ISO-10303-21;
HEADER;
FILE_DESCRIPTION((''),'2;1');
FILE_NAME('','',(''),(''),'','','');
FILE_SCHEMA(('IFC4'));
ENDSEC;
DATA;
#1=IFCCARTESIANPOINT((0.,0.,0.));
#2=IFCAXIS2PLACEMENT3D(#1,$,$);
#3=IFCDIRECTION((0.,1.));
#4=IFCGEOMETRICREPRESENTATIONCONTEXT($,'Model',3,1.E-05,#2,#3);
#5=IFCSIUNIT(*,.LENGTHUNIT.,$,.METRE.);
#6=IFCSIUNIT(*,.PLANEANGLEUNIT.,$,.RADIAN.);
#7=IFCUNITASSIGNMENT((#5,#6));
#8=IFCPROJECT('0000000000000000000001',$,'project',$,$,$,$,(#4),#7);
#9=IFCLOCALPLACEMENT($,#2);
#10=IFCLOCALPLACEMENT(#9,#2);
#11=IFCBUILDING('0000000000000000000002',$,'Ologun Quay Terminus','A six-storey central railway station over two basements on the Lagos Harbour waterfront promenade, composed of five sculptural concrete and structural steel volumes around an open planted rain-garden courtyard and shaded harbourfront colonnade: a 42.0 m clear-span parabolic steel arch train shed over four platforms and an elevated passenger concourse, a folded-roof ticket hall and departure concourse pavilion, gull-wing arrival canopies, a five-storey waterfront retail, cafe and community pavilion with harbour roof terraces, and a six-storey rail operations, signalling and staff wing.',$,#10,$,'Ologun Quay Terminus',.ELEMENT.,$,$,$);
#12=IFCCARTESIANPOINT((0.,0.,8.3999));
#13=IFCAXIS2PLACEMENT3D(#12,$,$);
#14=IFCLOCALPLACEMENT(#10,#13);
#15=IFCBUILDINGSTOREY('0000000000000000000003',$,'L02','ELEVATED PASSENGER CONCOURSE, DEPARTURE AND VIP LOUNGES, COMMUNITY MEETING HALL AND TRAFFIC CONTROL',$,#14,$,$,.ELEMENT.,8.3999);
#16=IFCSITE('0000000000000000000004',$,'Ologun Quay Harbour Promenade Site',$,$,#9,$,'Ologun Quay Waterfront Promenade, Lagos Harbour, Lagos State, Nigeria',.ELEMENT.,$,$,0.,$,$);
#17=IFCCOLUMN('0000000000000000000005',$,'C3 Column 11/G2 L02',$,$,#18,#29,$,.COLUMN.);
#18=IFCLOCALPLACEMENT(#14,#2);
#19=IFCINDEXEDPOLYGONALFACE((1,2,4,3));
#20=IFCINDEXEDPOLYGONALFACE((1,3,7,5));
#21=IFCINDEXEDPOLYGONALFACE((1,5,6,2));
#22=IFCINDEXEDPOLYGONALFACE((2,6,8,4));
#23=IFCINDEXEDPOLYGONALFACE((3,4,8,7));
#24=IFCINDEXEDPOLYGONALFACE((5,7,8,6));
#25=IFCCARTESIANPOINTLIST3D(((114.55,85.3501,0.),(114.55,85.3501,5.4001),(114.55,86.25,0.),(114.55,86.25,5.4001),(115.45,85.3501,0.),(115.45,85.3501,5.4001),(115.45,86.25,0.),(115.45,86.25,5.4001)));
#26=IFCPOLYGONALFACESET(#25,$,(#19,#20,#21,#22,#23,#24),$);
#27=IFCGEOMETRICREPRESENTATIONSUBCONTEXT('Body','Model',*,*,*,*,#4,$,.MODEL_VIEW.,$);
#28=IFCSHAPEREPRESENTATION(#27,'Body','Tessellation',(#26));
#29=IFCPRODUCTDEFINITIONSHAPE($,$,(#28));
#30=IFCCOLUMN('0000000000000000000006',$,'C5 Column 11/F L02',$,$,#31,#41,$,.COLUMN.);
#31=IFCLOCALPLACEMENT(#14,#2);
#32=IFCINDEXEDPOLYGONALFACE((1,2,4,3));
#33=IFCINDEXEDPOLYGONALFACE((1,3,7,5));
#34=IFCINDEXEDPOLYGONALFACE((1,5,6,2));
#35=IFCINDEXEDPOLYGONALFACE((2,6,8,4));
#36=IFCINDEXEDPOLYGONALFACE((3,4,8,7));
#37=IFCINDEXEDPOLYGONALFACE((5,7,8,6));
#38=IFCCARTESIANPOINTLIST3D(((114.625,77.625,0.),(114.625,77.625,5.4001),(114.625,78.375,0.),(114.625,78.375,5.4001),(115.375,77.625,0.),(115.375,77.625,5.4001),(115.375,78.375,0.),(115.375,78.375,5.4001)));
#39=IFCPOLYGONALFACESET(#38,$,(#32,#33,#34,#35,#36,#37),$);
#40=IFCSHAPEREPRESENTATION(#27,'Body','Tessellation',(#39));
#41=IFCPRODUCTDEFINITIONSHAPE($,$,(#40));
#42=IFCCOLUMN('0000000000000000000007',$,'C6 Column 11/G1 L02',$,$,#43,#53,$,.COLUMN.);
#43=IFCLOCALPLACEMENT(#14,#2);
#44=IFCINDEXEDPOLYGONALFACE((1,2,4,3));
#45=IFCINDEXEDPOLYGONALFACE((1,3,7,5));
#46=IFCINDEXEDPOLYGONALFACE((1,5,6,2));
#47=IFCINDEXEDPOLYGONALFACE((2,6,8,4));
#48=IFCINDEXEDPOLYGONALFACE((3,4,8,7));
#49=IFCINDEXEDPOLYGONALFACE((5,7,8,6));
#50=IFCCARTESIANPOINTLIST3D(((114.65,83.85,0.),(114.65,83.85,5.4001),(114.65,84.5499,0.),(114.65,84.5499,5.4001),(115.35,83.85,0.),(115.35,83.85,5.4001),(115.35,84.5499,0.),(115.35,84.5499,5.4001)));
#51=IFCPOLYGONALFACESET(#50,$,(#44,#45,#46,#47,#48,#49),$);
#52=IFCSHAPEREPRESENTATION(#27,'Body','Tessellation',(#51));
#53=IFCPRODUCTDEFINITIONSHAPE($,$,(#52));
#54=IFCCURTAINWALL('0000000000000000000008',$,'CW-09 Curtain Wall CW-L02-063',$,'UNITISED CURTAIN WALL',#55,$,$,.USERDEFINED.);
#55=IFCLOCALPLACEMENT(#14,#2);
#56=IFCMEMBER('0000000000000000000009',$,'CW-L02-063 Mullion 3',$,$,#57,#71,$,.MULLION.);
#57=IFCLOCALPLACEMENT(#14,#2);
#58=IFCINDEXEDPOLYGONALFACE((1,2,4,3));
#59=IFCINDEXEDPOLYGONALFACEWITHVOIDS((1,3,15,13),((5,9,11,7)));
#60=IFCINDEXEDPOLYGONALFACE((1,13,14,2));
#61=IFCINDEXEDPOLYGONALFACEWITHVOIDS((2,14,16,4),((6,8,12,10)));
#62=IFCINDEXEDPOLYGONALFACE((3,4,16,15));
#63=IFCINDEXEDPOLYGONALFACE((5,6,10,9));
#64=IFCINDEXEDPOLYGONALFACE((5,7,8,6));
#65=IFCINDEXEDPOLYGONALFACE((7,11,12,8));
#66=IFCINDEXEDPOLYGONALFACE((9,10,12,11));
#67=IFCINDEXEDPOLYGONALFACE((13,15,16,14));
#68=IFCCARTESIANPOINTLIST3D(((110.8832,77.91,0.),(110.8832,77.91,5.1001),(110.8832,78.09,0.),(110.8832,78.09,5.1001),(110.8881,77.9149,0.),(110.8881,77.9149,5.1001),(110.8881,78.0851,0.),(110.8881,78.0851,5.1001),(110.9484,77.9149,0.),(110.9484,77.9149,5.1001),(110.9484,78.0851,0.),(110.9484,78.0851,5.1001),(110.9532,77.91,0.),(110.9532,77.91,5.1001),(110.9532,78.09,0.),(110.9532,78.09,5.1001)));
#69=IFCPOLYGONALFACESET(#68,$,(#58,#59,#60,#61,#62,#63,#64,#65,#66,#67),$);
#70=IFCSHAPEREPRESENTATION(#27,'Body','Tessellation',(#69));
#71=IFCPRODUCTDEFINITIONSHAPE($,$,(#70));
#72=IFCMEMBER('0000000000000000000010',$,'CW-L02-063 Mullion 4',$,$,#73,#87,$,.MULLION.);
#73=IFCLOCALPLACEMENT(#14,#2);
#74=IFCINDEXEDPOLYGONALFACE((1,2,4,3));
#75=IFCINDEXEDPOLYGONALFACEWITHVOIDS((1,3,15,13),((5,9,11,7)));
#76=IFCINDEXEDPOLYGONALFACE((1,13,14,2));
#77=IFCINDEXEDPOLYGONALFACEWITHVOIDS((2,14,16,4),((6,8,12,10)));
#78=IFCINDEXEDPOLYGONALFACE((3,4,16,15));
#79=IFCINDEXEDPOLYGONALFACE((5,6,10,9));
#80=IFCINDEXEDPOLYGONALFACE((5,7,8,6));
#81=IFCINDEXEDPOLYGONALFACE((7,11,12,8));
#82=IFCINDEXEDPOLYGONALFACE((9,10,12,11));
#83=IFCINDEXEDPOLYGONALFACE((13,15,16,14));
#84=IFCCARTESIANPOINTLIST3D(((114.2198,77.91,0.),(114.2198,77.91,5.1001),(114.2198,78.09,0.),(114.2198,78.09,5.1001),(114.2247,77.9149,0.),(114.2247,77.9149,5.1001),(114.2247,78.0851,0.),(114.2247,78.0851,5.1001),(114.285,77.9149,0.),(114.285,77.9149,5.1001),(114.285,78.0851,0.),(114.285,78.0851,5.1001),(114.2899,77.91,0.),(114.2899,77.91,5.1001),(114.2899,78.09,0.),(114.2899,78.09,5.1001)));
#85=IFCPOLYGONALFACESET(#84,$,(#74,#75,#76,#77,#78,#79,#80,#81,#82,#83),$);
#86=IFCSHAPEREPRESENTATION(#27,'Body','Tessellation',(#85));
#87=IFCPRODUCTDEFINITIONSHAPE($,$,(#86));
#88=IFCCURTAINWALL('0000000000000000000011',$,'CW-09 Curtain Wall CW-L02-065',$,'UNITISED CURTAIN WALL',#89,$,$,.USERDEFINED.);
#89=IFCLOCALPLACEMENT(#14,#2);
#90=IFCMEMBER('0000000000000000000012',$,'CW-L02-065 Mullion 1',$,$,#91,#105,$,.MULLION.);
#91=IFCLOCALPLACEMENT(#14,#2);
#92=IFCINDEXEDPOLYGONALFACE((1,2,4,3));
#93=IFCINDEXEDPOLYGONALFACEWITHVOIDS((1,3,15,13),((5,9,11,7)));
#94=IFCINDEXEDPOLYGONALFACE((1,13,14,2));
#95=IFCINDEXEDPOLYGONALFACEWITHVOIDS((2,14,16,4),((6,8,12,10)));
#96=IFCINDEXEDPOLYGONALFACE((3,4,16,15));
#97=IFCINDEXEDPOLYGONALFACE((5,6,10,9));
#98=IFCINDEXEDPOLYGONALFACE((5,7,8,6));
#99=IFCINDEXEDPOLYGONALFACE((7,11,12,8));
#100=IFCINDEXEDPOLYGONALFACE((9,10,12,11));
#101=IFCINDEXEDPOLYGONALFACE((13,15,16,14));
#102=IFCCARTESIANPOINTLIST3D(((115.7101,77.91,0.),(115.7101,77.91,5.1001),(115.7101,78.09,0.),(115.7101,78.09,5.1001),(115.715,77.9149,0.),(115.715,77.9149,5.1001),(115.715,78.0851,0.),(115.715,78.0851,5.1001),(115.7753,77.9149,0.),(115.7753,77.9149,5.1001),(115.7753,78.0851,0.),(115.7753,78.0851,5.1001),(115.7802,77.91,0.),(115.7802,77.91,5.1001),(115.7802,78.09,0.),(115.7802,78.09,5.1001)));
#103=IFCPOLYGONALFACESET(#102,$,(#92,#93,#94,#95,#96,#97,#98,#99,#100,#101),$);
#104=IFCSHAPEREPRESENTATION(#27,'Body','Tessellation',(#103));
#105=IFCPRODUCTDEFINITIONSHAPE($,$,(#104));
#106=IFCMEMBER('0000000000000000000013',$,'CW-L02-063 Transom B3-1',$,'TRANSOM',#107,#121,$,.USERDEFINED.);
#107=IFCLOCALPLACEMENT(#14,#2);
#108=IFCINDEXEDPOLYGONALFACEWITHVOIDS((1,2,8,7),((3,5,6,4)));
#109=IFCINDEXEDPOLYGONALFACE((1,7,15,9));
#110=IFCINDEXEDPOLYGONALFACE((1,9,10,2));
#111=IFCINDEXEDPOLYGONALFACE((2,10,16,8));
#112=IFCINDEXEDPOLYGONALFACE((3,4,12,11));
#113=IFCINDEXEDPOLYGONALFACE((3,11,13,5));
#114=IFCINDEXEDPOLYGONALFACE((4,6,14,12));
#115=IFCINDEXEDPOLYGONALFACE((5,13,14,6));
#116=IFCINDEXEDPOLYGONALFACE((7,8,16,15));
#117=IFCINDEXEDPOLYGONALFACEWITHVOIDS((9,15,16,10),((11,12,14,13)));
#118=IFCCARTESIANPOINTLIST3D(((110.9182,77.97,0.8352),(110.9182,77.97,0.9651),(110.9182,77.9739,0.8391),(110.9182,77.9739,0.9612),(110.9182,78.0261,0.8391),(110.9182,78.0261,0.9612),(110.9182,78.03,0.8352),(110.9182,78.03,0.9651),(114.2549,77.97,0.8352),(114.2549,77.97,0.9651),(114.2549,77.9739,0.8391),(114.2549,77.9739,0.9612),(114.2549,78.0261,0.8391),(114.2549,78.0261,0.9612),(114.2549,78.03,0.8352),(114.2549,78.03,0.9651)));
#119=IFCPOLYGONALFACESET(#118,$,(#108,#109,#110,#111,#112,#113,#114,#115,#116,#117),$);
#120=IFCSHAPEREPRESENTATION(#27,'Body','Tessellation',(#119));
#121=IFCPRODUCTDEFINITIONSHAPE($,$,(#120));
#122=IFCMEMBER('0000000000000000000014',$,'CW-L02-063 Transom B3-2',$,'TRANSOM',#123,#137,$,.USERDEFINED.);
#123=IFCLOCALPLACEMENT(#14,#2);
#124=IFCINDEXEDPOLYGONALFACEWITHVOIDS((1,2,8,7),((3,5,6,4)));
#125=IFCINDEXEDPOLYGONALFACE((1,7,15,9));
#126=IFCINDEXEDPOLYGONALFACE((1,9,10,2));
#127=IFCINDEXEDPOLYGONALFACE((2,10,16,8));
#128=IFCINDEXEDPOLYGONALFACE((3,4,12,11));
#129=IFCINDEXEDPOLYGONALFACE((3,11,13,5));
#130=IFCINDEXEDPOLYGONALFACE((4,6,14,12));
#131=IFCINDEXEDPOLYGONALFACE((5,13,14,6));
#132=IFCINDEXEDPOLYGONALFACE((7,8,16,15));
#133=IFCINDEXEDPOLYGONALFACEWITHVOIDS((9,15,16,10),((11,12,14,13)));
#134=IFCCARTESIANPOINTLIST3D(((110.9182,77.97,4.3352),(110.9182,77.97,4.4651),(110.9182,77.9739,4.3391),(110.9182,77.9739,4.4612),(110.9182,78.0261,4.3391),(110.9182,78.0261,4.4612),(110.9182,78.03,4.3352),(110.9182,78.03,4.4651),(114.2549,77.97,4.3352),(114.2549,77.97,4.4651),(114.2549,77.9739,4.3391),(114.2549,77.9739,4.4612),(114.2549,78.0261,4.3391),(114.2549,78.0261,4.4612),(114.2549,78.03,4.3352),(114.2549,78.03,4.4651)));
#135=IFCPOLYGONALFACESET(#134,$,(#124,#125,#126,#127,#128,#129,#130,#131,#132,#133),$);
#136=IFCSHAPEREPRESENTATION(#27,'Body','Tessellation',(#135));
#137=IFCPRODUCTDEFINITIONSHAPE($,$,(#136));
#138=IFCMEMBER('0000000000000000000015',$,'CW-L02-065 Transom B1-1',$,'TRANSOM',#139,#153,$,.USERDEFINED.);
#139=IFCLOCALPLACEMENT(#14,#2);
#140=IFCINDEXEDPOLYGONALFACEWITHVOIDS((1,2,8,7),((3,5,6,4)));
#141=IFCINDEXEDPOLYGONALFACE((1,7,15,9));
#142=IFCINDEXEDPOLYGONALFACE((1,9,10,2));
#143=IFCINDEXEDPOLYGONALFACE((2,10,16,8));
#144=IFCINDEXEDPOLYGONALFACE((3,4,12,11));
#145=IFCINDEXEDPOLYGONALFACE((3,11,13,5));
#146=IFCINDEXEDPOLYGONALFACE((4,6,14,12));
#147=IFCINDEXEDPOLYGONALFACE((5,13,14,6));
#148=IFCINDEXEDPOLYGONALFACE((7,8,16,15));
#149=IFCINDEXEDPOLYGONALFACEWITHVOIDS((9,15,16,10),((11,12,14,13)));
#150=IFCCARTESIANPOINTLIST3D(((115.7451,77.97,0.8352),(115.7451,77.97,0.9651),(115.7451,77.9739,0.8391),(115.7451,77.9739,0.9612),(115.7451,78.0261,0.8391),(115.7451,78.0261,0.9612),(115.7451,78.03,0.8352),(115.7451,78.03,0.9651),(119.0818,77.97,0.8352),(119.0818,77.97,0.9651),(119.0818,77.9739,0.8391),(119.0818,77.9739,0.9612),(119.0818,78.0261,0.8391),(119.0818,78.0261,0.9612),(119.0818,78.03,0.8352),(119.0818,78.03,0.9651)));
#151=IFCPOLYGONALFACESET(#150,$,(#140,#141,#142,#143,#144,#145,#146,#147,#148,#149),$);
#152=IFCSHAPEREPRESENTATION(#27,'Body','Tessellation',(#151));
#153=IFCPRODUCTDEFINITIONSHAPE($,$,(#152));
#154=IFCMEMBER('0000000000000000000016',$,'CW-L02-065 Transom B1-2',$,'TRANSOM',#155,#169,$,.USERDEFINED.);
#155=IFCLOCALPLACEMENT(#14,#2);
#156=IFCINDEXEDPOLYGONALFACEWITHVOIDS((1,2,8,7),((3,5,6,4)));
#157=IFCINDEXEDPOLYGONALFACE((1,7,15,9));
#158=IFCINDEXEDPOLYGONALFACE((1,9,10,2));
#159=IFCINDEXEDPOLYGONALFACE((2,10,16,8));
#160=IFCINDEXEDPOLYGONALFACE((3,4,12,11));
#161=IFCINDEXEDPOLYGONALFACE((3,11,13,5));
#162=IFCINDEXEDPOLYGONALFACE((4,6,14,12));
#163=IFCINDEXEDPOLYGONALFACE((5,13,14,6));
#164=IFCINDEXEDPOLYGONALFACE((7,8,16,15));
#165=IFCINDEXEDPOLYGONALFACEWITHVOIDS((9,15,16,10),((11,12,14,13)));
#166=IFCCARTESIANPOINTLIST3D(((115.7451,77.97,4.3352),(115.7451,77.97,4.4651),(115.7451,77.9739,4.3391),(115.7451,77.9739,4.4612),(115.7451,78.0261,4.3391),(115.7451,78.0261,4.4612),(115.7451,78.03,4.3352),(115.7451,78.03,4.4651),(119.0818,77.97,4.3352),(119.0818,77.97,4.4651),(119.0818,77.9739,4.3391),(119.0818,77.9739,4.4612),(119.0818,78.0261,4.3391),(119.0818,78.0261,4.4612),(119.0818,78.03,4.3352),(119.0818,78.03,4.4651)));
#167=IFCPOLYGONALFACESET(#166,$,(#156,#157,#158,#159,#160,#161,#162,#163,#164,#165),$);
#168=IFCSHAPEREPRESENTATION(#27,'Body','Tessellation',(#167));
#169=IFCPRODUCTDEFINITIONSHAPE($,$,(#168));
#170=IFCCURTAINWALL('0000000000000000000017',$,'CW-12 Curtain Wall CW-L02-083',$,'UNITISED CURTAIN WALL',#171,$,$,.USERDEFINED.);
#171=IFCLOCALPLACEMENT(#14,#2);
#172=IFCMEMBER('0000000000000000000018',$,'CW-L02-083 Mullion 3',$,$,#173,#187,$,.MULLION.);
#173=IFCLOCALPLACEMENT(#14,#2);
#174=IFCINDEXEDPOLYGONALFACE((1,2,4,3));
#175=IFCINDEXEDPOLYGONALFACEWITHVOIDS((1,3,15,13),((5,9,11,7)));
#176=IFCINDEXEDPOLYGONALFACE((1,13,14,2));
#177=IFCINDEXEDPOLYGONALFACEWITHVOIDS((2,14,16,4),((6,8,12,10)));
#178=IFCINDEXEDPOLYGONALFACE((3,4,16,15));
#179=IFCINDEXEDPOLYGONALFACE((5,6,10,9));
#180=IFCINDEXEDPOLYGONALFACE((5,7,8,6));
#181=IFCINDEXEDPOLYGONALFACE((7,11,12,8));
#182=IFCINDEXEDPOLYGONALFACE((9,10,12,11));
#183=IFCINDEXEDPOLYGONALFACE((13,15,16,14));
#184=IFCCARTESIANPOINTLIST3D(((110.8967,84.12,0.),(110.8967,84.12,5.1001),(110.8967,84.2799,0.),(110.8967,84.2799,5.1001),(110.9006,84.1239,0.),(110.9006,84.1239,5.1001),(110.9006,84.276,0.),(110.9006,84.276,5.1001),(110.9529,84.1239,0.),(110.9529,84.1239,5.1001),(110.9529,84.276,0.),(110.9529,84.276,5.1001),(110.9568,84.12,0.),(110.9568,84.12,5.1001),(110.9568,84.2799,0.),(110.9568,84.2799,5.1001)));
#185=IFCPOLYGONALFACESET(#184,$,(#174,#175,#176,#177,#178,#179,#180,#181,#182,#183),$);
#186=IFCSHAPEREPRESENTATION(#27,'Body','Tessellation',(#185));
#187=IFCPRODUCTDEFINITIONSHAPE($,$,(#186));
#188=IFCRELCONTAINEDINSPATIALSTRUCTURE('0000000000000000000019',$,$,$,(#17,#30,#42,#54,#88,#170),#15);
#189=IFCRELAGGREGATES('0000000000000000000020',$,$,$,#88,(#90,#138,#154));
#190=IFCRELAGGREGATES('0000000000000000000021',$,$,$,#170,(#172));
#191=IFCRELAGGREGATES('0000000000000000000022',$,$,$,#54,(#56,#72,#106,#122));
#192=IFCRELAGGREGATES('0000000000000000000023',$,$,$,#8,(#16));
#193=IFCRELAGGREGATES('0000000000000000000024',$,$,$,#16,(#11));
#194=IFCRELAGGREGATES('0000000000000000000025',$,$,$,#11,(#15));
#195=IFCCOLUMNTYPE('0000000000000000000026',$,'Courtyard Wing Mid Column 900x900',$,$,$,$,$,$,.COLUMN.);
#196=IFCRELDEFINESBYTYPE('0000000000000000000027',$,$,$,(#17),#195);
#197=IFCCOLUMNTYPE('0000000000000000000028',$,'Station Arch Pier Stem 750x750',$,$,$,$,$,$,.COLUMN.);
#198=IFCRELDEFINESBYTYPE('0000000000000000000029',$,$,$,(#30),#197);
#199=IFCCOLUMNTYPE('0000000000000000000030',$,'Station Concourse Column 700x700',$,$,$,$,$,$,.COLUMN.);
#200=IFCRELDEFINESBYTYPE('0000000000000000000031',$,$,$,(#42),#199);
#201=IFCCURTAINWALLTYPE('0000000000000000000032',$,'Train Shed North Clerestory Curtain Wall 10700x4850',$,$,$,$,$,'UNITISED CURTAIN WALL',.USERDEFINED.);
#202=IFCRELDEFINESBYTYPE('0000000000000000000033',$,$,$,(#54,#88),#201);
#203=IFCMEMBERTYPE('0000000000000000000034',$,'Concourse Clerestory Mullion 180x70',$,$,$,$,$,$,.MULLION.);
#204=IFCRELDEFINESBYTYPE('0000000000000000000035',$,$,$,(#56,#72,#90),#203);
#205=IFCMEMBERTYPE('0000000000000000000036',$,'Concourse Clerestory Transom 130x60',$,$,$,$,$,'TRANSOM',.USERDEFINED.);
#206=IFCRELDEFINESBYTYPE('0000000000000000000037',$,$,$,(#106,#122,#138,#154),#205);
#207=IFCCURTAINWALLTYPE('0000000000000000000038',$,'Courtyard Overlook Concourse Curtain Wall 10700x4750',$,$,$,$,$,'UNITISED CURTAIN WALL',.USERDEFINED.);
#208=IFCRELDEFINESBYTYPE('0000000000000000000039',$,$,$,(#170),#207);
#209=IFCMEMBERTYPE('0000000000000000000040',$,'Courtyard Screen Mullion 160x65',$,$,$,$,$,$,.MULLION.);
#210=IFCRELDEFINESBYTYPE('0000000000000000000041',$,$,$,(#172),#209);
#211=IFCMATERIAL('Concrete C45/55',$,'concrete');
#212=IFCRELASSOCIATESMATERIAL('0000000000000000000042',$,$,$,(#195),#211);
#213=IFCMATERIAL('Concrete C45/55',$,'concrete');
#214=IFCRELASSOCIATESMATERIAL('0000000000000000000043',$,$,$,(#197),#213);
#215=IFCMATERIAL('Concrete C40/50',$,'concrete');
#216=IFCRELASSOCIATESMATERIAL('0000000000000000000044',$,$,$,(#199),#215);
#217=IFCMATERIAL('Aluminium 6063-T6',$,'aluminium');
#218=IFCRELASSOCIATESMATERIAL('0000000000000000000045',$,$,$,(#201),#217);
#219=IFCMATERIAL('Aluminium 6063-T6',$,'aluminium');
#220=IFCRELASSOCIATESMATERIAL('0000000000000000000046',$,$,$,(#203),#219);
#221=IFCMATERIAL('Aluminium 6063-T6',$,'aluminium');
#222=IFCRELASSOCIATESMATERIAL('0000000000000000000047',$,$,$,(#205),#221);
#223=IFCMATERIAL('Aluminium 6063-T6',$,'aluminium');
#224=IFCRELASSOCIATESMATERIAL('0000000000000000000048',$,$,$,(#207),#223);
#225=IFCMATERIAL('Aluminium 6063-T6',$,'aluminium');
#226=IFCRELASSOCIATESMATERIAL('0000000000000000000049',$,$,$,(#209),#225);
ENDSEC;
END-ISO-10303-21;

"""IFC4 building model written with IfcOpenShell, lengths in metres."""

from ifc_helpers import new_model, si_unit, direction, frame, origin, origin_2d, place, context, subcontext, project, spatial, rectangle, hollow_rectangle, extrude, material, material_profile, profile_set, type_object, element, aggregate, save


model = new_model("IFC4")

# Units and contexts
model_context = context("Model", 3, precision=1e-05, world=origin(), true_north=direction((0.0, 1.0)))
body_context = subcontext(model_context, "Body", "Model", "MODEL_VIEW")
ifc_project = project(units=[si_unit("LENGTHUNIT", "METRE"), si_unit("PLANEANGLEUNIT", "RADIAN")], contexts=[model_context])

# Site, building, storey
site_placement = place(None, origin())
site = spatial("IfcSite", under=ifc_project, at=site_placement, Name="Ologun Quay Harbour Promenade Site", LongName="Ologun Quay Waterfront Promenade, Lagos Harbour, Lagos State, Nigeria", CompositionType="ELEMENT", RefElevation=0.0)
building_placement = place(site_placement, origin())
building = spatial("IfcBuilding", under=site, at=building_placement, Name="Ologun Quay Terminus", Description="A six-storey central railway station over two basements on the Lagos Harbour waterfront promenade, composed of five sculptural concrete and structural steel volumes around an open planted rain-garden courtyard and shaded harbourfront colonnade: a 42.0 m clear-span parabolic steel arch train shed over four platforms and an elevated passenger concourse, a folded-roof ticket hall and departure concourse pavilion, gull-wing arrival canopies, a five-storey waterfront retail, cafe and community pavilion with harbour roof terraces, and a six-storey rail operations, signalling and staff wing.", LongName="Ologun Quay Terminus", CompositionType="ELEMENT")
storey_placement = place(building_placement, frame((0.0, 0.0, 8.3999)))
storey = spatial("IfcBuildingStorey", under=building, at=storey_placement, Name="L02", Description="ELEVATED PASSENGER CONCOURSE, DEPARTURE AND VIP LOUNGES, COMMUNITY MEETING HALL AND TRAFFIC CONTROL", CompositionType="ELEMENT", Elevation=8.3999)

# Columns
ifc_material_1 = material(Name="Concrete C45/55", Category="concrete")
ifc_material_profile_1 = material_profile(ifc_material_1, rectangle(XDim=0.8999, YDim=0.8999, at=origin_2d()), Name="RC 900x900")
ifc_profile_set_1 = profile_set([ifc_material_profile_1], Name="Concrete C45/55")
column_type_1 = type_object("IfcColumnType", Name="Courtyard Wing Mid Column 900x900", PredefinedType="COLUMN", material=ifc_profile_set_1)
column_1_placement = place(storey_placement, frame((115.0, 85.8, 0.0), z_axis=(0.0, 0.0, 1.0), x_axis=(1.0, 0.0, 0.0)))
element("IfcColumn", 1, at=column_1_placement, inside=storey, type_object=column_type_1, Name="C3 Column 11/G2 L02", PredefinedType="COLUMN", context=body_context, shape_type="SweptSolid", body=[
    extrude(rectangle(XDim=0.8999, YDim=0.8999, at=origin_2d()), origin(), (0.0, 0.0, 1.0), 5.4001),
])
ifc_material_2 = material(Name="Concrete C45/55", Category="concrete")
ifc_material_profile_2 = material_profile(ifc_material_2, rectangle(XDim=0.75, YDim=0.75, at=origin_2d()), Name="RC 750x750")
ifc_profile_set_2 = profile_set([ifc_material_profile_2], Name="Concrete C45/55")
column_type_2 = type_object("IfcColumnType", Name="Station Arch Pier Stem 750x750", PredefinedType="COLUMN", material=ifc_profile_set_2)
column_2_placement = place(storey_placement, frame((115.0, 78.0, 0.0), z_axis=(0.0, 0.0, 1.0), x_axis=(1.0, 0.0, 0.0)))
element("IfcColumn", 2, at=column_2_placement, inside=storey, type_object=column_type_2, Name="C5 Column 11/F L02", PredefinedType="COLUMN", context=body_context, shape_type="SweptSolid", body=[
    extrude(rectangle(XDim=0.75, YDim=0.75, at=origin_2d()), origin(), (0.0, 0.0, 1.0), 5.4001),
])
ifc_material_3 = material(Name="Concrete C40/50", Category="concrete")
ifc_material_profile_3 = material_profile(ifc_material_3, rectangle(XDim=0.7, YDim=0.7, at=origin_2d()), Name="RC 700x700")
ifc_profile_set_3 = profile_set([ifc_material_profile_3], Name="Concrete C40/50")
column_type_3 = type_object("IfcColumnType", Name="Station Concourse Column 700x700", PredefinedType="COLUMN", material=ifc_profile_set_3)
column_3_placement = place(storey_placement, frame((115.0, 84.2, 0.0), z_axis=(0.0, 0.0, 1.0), x_axis=(1.0, 0.0, 0.0)))
element("IfcColumn", 3, at=column_3_placement, inside=storey, type_object=column_type_3, Name="C6 Column 11/G1 L02", PredefinedType="COLUMN", context=body_context, shape_type="SweptSolid", body=[
    extrude(rectangle(XDim=0.7, YDim=0.7, at=origin_2d()), origin(), (0.0, 0.0, 1.0), 5.4001),
])

# Curtain wall, members
ifc_material_4 = material(Name="Aluminium 6063-T6", Category="aluminium")
curtain_wall_type_1 = type_object("IfcCurtainWallType", Name="Train Shed North Clerestory Curtain Wall 10700x4850", ElementType="UNITISED CURTAIN WALL", PredefinedType="USERDEFINED", material=ifc_material_4)
curtain_wall_1_placement = place(storey_placement, origin())
curtain_wall_1 = element("IfcCurtainWall", 4, at=curtain_wall_1_placement, inside=storey, type_object=curtain_wall_type_1, Name="CW-09 Curtain Wall CW-L02-063", ObjectType="UNITISED CURTAIN WALL", PredefinedType="USERDEFINED")
ifc_material_5 = material(Name="Aluminium 6063-T6", Category="aluminium")
ifc_material_profile_4 = material_profile(ifc_material_5, hollow_rectangle(XDim=0.0701, YDim=0.1799, WallThickness=0.0049, at=origin_2d()), Name="ALU 180x70x5")
ifc_profile_set_4 = profile_set([ifc_material_profile_4], Name="Aluminium 6063-T6")
member_type_1 = type_object("IfcMemberType", Name="Concourse Clerestory Mullion 180x70", PredefinedType="MULLION", material=ifc_profile_set_4)
member_1_placement = place(storey_placement, frame((110.9182, 78.0, 0.0), z_axis=(0.0, 0.0, 1.0), x_axis=(1.0, 0.0, 0.0)))
member_1 = element("IfcMember", 5, at=member_1_placement, type_object=member_type_1, Name="CW-L02-063 Mullion 3", PredefinedType="MULLION", context=body_context, shape_type="SweptSolid", body=[
    extrude(hollow_rectangle(XDim=0.0701, YDim=0.1799, WallThickness=0.0049, at=origin_2d()), origin(), (0.0, 0.0, 1.0), 5.1001),
])
member_2_placement = place(storey_placement, frame((114.2549, 78.0, 0.0), z_axis=(0.0, 0.0, 1.0), x_axis=(1.0, 0.0, 0.0)))
member_2 = element("IfcMember", 6, at=member_2_placement, type_object=member_type_1, Name="CW-L02-063 Mullion 4", PredefinedType="MULLION", context=body_context, shape_type="SweptSolid", body=[
    extrude(hollow_rectangle(XDim=0.0701, YDim=0.1799, WallThickness=0.0049, at=origin_2d()), origin(), (0.0, 0.0, 1.0), 5.1001),
])

# Curtain wall, member
curtain_wall_2_placement = place(storey_placement, origin())
curtain_wall_2 = element("IfcCurtainWall", 7, at=curtain_wall_2_placement, inside=storey, type_object=curtain_wall_type_1, Name="CW-09 Curtain Wall CW-L02-065", ObjectType="UNITISED CURTAIN WALL", PredefinedType="USERDEFINED")
member_3_placement = place(storey_placement, frame((115.7451, 78.0, 0.0), z_axis=(0.0, 0.0, 1.0), x_axis=(1.0, 0.0, 0.0)))
member_3 = element("IfcMember", 8, at=member_3_placement, type_object=member_type_1, Name="CW-L02-065 Mullion 1", PredefinedType="MULLION", context=body_context, shape_type="SweptSolid", body=[
    extrude(hollow_rectangle(XDim=0.0701, YDim=0.1799, WallThickness=0.0049, at=origin_2d()), origin(), (0.0, 0.0, 1.0), 5.1001),
])

# Members
ifc_material_6 = material(Name="Aluminium 6063-T6", Category="aluminium")
ifc_material_profile_5 = material_profile(ifc_material_6, hollow_rectangle(XDim=0.0601, YDim=0.1299, WallThickness=0.0039, at=origin_2d()), Name="ALU 130x60x4")
ifc_profile_set_5 = profile_set([ifc_material_profile_5], Name="Aluminium 6063-T6")
member_type_2 = type_object("IfcMemberType", Name="Concourse Clerestory Transom 130x60", ElementType="TRANSOM", PredefinedType="USERDEFINED", material=ifc_profile_set_5)
member_4_placement = place(storey_placement, frame((110.9182, 78.0, 0.9001), z_axis=(1.0, 0.0, 0.0), x_axis=(0.0, 1.0, 0.0)))
member_4 = element("IfcMember", 9, at=member_4_placement, type_object=member_type_2, Name="CW-L02-063 Transom B3-1", ObjectType="TRANSOM", PredefinedType="USERDEFINED", context=body_context, shape_type="SweptSolid", body=[
    extrude(hollow_rectangle(XDim=0.0601, YDim=0.1299, WallThickness=0.0039, at=origin_2d()), origin(), (0.0, 0.0, 1.0), 3.3367),
])
member_5_placement = place(storey_placement, frame((110.9182, 78.0, 4.4001), z_axis=(1.0, 0.0, 0.0), x_axis=(0.0, 1.0, 0.0)))
member_5 = element("IfcMember", 10, at=member_5_placement, type_object=member_type_2, Name="CW-L02-063 Transom B3-2", ObjectType="TRANSOM", PredefinedType="USERDEFINED", context=body_context, shape_type="SweptSolid", body=[
    extrude(hollow_rectangle(XDim=0.0601, YDim=0.1299, WallThickness=0.0039, at=origin_2d()), origin(), (0.0, 0.0, 1.0), 3.3367),
])
member_6_placement = place(storey_placement, frame((115.7451, 78.0, 0.9001), z_axis=(1.0, 0.0, 0.0), x_axis=(0.0, 1.0, 0.0)))
member_6 = element("IfcMember", 11, at=member_6_placement, type_object=member_type_2, Name="CW-L02-065 Transom B1-1", ObjectType="TRANSOM", PredefinedType="USERDEFINED", context=body_context, shape_type="SweptSolid", body=[
    extrude(hollow_rectangle(XDim=0.0601, YDim=0.1299, WallThickness=0.0039, at=origin_2d()), origin(), (0.0, 0.0, 1.0), 3.3367),
])
member_7_placement = place(storey_placement, frame((115.7451, 78.0, 4.4001), z_axis=(1.0, 0.0, 0.0), x_axis=(0.0, 1.0, 0.0)))
member_7 = element("IfcMember", 12, at=member_7_placement, type_object=member_type_2, Name="CW-L02-065 Transom B1-2", ObjectType="TRANSOM", PredefinedType="USERDEFINED", context=body_context, shape_type="SweptSolid", body=[
    extrude(hollow_rectangle(XDim=0.0601, YDim=0.1299, WallThickness=0.0039, at=origin_2d()), origin(), (0.0, 0.0, 1.0), 3.3367),
])
aggregate(curtain_wall_2, [member_3, member_6, member_7])

# Curtain wall, member
ifc_material_7 = material(Name="Aluminium 6063-T6", Category="aluminium")
curtain_wall_type_2 = type_object("IfcCurtainWallType", Name="Courtyard Overlook Concourse Curtain Wall 10700x4750", ElementType="UNITISED CURTAIN WALL", PredefinedType="USERDEFINED", material=ifc_material_7)
curtain_wall_3_placement = place(storey_placement, origin())
curtain_wall_3 = element("IfcCurtainWall", 13, at=curtain_wall_3_placement, inside=storey, type_object=curtain_wall_type_2, Name="CW-12 Curtain Wall CW-L02-083", ObjectType="UNITISED CURTAIN WALL", PredefinedType="USERDEFINED")
ifc_material_8 = material(Name="Aluminium 6063-T6", Category="aluminium")
ifc_material_profile_6 = material_profile(ifc_material_8, hollow_rectangle(XDim=0.0601, YDim=0.1599, WallThickness=0.0039, at=origin_2d()), Name="ALU 160x60x4")
ifc_profile_set_6 = profile_set([ifc_material_profile_6], Name="Aluminium 6063-T6")
member_type_3 = type_object("IfcMemberType", Name="Courtyard Screen Mullion 160x65", PredefinedType="MULLION", material=ifc_profile_set_6)
member_8_placement = place(storey_placement, frame((110.9268, 84.2, 0.0), z_axis=(0.0, 0.0, 1.0), x_axis=(1.0, 0.0, 0.0)))
member_8 = element("IfcMember", 14, at=member_8_placement, type_object=member_type_3, Name="CW-L02-083 Mullion 3", PredefinedType="MULLION", context=body_context, shape_type="SweptSolid", body=[
    extrude(hollow_rectangle(XDim=0.0601, YDim=0.1599, WallThickness=0.0039, at=origin_2d()), origin(), (0.0, 0.0, 1.0), 5.1001),
])

aggregate(curtain_wall_3, [member_8])
aggregate(curtain_wall_1, [member_1, member_2, member_4, member_5])

save(model, "model.ifc")
